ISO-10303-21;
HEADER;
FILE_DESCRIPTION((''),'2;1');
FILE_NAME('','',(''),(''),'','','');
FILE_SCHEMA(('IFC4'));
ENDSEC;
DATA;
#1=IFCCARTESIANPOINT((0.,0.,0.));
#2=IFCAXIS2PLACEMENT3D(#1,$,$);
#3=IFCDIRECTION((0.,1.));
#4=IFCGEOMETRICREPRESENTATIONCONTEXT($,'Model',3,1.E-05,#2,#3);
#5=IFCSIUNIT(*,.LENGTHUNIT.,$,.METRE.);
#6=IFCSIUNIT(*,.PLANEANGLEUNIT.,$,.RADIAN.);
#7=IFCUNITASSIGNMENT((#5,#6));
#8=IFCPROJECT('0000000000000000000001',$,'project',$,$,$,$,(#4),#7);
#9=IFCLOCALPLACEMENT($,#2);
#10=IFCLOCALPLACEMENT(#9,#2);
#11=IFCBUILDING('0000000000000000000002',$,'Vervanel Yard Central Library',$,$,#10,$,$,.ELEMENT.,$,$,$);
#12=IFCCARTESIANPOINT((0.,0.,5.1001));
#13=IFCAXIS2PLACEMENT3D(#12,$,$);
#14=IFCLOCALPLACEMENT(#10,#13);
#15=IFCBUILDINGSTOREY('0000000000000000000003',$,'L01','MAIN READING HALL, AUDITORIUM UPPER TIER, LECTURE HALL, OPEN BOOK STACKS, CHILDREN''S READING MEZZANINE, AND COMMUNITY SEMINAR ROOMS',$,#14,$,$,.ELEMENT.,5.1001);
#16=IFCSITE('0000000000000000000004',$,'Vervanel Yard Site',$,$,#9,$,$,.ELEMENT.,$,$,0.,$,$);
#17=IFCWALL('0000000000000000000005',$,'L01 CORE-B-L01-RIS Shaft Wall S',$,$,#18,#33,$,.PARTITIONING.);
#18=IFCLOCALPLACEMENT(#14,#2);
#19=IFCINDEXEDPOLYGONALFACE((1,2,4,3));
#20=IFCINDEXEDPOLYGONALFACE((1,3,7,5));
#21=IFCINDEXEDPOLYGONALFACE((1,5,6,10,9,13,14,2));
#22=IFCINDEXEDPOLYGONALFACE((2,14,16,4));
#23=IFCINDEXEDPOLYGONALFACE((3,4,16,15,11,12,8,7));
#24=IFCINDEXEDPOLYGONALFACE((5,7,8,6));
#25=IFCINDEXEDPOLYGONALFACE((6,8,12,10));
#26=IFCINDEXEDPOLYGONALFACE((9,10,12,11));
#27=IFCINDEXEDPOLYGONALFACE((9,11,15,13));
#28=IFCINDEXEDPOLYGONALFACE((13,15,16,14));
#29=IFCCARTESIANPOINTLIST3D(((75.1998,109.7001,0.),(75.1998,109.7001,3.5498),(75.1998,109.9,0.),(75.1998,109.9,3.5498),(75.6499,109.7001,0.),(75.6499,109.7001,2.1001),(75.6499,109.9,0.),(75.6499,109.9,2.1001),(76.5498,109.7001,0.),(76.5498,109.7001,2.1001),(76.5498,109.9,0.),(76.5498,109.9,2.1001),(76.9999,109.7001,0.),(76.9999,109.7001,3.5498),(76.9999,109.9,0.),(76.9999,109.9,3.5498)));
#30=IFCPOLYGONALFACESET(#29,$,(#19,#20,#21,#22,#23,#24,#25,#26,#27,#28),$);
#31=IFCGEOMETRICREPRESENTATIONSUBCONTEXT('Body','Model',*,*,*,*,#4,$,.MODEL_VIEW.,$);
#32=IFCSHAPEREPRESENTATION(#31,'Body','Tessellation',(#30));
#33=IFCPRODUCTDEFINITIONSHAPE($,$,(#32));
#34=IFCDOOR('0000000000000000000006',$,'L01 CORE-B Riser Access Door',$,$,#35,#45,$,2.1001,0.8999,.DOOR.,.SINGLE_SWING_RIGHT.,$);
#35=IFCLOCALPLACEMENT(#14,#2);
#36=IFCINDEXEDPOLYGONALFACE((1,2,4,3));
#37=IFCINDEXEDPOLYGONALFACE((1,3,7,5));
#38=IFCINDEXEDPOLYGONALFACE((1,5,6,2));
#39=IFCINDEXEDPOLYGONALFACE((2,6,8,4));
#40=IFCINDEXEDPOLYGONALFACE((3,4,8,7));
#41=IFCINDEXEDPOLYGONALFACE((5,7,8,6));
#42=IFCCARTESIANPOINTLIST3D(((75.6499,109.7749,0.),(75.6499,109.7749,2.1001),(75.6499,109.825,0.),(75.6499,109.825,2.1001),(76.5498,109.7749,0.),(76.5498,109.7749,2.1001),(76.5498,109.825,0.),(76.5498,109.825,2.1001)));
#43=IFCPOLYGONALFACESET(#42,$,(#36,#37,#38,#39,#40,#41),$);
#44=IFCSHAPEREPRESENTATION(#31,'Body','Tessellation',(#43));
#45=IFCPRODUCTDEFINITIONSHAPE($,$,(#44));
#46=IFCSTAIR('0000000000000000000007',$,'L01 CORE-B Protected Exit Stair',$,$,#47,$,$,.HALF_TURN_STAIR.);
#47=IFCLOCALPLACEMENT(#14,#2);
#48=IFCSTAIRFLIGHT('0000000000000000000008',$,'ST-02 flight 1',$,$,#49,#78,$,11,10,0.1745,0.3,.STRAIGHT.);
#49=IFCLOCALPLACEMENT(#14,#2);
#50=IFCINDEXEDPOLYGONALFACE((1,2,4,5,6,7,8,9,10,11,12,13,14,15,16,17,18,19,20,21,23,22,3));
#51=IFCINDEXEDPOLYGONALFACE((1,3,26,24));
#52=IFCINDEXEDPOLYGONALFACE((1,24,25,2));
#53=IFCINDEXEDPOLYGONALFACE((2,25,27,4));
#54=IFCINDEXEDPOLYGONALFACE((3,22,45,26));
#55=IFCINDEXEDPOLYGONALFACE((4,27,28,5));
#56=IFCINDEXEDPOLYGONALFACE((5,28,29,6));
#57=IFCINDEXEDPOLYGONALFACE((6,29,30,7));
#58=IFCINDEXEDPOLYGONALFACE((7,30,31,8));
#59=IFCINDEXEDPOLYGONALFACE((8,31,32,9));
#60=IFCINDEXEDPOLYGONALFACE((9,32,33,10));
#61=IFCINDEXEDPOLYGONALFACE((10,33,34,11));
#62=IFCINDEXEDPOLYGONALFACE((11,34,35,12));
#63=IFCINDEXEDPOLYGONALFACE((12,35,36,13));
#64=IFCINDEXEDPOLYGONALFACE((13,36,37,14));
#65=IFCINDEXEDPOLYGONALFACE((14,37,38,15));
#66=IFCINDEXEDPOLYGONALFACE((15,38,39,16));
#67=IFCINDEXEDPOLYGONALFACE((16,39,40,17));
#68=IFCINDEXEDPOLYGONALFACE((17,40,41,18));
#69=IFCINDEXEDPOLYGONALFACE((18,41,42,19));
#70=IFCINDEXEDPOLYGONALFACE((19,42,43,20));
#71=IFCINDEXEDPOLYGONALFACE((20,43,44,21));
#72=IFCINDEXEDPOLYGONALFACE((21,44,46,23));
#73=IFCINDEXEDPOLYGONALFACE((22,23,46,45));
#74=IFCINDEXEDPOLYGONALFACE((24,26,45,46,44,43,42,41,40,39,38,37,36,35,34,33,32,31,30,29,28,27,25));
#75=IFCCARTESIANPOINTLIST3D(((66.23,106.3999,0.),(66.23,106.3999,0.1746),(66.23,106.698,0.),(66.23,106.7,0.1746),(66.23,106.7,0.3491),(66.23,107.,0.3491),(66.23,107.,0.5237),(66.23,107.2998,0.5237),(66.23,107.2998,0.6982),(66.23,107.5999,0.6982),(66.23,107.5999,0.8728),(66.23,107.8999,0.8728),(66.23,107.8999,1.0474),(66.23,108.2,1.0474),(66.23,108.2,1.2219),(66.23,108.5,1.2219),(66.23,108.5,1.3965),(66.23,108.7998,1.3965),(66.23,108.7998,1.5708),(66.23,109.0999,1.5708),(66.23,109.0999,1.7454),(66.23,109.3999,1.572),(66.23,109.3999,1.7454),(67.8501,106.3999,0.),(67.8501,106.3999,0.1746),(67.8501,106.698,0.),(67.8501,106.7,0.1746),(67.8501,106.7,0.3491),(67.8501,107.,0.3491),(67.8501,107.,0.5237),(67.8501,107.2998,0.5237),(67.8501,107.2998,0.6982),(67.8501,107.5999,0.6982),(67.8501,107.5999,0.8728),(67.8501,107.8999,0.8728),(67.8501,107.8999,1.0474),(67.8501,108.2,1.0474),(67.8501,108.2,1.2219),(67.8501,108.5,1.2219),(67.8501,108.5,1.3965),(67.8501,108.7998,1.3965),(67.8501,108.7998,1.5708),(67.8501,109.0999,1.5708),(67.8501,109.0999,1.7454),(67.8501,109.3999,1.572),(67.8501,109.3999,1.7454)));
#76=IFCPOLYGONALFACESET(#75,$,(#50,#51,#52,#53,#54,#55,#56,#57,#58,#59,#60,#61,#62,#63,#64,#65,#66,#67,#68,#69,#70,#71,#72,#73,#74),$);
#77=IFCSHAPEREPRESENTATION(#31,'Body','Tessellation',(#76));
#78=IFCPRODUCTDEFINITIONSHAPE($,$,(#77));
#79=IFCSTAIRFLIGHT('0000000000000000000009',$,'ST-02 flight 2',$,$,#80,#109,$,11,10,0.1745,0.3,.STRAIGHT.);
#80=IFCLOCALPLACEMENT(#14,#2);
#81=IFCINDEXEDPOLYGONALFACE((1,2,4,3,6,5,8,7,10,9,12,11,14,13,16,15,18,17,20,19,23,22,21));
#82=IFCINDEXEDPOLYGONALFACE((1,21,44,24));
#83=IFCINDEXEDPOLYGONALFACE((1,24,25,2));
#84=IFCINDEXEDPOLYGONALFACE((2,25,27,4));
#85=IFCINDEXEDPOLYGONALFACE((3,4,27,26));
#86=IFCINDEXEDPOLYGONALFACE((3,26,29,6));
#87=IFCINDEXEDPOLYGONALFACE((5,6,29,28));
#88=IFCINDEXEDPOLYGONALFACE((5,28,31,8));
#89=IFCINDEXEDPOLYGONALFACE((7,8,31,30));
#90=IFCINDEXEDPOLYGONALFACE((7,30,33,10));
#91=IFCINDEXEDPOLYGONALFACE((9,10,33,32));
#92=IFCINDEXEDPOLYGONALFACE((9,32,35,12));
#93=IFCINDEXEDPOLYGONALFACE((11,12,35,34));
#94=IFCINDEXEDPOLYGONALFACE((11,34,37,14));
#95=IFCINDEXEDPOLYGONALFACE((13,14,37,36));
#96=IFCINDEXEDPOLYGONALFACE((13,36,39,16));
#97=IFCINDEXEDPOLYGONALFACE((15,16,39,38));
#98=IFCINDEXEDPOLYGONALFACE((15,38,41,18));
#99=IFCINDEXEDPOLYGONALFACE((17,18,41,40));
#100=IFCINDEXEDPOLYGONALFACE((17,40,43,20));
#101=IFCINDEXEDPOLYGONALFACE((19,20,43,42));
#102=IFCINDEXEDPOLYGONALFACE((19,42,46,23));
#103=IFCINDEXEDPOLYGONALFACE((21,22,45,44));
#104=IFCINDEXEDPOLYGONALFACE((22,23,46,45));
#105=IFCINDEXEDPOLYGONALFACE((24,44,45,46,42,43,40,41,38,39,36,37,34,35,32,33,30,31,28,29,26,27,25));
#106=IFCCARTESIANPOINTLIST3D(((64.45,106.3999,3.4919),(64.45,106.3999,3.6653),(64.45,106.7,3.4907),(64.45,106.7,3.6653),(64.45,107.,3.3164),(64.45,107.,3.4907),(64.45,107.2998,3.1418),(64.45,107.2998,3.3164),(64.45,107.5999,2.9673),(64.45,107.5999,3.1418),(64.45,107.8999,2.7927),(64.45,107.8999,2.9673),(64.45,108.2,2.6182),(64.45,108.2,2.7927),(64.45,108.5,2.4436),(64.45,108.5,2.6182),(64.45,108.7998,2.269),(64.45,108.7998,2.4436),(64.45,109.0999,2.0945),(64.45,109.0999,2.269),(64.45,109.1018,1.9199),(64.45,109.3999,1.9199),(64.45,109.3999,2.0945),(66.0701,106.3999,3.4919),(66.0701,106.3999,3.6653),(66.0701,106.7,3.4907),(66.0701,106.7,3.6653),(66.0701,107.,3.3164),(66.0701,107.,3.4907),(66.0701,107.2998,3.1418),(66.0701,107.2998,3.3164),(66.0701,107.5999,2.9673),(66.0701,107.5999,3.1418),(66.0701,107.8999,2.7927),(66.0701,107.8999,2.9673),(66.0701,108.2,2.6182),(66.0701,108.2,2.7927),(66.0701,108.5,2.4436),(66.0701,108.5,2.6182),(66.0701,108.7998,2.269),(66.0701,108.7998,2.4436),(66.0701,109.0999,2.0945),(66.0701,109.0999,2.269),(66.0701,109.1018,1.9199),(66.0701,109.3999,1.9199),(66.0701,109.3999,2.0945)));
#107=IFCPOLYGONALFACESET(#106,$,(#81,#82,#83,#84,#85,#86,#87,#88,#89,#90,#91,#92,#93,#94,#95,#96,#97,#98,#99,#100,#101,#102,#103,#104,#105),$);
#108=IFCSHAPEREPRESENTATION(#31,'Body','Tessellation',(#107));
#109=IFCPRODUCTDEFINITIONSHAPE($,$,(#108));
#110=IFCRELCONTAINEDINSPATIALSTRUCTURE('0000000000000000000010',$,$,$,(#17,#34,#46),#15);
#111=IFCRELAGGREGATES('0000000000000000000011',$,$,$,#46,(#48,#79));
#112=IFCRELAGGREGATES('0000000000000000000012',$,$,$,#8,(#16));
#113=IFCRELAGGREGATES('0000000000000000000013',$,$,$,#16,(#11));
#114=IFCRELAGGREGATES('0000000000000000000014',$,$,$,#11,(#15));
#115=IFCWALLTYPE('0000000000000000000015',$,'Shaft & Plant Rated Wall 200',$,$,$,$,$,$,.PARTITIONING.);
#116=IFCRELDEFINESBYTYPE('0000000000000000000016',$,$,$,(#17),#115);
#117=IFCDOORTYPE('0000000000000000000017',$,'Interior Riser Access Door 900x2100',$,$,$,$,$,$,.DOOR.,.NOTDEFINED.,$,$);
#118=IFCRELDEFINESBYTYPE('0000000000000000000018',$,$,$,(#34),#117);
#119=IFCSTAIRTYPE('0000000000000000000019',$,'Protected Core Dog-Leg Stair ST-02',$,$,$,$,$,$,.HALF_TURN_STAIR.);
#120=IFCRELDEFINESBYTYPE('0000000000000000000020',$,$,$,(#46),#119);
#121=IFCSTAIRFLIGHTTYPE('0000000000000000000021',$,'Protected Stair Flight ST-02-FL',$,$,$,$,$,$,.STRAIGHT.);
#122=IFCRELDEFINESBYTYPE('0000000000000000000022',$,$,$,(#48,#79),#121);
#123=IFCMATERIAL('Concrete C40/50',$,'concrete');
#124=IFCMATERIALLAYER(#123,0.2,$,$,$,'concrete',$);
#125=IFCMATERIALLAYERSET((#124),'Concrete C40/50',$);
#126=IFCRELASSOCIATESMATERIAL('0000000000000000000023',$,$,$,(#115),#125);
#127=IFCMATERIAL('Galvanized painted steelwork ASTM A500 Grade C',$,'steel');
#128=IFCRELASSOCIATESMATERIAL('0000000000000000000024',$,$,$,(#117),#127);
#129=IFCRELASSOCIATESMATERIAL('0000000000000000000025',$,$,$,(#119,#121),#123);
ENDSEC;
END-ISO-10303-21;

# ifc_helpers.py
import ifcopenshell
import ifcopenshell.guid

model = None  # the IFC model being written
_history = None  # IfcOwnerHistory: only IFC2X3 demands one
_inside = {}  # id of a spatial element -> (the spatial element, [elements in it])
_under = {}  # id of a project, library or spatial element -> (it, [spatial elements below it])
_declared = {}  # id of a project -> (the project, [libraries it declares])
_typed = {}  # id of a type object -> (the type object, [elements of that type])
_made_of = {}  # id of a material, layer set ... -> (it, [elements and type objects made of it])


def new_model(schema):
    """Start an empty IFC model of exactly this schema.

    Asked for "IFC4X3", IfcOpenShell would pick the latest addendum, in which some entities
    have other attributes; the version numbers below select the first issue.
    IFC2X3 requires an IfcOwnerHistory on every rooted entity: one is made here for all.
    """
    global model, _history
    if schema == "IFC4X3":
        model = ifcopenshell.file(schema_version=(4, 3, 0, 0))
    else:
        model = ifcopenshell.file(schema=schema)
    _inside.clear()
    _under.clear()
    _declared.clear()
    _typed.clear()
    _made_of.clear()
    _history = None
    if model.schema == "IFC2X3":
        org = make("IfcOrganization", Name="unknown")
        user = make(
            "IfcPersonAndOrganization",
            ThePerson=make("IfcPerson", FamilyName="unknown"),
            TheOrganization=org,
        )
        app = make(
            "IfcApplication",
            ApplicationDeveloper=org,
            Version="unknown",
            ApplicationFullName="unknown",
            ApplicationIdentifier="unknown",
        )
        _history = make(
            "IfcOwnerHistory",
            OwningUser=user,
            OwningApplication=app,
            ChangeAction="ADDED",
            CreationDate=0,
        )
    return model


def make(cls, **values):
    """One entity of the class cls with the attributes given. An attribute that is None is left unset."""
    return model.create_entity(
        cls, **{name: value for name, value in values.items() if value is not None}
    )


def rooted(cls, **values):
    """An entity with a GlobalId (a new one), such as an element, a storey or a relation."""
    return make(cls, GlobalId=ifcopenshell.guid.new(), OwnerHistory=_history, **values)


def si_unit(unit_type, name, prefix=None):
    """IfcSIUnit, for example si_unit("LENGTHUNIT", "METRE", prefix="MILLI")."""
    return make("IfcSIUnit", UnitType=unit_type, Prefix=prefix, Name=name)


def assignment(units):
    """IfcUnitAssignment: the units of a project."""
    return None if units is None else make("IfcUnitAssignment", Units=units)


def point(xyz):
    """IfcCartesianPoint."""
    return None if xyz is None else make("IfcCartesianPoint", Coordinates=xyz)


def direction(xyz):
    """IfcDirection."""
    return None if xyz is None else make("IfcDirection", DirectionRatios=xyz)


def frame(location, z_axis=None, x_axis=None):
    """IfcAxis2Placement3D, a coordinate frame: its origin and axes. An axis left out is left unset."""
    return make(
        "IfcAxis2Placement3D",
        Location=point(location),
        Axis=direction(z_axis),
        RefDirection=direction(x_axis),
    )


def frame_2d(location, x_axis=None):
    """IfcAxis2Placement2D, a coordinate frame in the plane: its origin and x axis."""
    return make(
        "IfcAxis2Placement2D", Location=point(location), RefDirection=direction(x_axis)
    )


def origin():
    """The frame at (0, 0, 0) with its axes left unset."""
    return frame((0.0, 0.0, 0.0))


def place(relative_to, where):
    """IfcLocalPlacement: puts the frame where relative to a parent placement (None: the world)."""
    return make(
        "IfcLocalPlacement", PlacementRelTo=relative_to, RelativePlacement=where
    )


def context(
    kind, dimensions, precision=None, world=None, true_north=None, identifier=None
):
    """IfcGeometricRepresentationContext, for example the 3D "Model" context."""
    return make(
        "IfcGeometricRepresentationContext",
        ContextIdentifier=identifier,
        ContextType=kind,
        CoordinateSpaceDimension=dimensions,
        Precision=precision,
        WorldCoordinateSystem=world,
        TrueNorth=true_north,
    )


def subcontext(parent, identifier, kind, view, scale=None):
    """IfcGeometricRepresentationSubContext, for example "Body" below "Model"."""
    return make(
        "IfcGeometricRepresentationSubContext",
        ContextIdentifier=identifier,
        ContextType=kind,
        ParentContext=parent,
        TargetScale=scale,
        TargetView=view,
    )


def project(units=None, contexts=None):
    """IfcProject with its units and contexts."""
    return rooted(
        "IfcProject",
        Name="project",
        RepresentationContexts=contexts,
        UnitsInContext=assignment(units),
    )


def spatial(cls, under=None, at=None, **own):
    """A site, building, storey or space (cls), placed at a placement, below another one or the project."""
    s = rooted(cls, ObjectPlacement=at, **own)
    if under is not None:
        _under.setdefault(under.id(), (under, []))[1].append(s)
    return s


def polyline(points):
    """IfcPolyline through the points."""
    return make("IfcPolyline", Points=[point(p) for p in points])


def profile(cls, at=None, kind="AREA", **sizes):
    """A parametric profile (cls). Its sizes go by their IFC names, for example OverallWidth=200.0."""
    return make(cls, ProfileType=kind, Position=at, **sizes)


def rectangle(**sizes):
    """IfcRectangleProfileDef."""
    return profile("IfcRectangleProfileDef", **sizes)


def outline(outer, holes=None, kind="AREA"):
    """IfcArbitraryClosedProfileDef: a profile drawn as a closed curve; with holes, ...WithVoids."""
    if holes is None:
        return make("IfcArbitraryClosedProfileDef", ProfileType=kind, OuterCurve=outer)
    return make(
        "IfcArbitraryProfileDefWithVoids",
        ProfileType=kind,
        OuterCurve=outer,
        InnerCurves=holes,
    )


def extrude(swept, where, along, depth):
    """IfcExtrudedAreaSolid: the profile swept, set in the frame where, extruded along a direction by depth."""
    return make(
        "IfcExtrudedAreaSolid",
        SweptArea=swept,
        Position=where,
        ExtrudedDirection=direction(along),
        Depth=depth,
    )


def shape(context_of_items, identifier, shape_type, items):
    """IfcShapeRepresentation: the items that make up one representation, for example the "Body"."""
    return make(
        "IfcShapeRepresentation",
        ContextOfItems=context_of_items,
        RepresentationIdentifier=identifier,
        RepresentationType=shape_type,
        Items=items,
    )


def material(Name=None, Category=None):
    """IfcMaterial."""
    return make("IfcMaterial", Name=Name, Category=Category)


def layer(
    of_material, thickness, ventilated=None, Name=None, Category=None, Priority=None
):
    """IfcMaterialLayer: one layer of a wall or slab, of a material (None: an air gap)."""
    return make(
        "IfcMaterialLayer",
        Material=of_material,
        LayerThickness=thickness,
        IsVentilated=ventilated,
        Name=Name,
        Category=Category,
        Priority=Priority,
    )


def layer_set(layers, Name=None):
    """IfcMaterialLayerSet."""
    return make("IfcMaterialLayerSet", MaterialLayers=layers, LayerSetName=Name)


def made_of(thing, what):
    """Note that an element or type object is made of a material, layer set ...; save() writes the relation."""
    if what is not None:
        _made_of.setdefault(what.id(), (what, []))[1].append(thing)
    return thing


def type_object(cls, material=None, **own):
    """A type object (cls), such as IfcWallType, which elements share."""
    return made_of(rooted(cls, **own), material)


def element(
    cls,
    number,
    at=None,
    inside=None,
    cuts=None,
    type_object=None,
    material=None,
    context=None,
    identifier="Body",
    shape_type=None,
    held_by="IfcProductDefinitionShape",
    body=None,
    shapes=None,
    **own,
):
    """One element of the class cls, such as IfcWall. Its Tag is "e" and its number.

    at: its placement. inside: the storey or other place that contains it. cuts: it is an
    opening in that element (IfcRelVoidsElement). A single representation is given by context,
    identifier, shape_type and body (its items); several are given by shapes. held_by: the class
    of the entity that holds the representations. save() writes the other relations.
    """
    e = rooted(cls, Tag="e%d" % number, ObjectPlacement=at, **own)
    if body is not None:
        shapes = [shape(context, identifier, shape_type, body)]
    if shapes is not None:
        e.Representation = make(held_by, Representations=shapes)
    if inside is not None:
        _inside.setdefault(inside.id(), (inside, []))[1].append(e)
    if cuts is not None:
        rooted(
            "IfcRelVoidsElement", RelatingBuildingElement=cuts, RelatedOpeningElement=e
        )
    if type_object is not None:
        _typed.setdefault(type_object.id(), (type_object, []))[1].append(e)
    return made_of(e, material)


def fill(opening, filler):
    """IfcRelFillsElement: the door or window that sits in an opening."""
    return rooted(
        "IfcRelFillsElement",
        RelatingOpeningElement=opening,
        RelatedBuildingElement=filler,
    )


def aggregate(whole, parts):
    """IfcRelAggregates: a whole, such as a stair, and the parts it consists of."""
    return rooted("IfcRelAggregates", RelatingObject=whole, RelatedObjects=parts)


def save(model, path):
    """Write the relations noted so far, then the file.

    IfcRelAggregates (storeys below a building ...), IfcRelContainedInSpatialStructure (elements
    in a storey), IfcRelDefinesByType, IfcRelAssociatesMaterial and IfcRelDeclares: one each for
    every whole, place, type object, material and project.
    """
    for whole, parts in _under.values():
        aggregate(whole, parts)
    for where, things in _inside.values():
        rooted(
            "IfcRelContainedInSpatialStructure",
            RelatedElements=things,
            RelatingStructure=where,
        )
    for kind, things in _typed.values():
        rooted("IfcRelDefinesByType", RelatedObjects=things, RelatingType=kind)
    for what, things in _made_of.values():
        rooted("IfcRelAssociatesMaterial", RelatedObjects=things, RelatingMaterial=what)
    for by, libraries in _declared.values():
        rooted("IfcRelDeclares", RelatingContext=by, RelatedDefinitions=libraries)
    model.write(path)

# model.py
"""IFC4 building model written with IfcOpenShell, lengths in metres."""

from ifc_helpers import new_model, si_unit, direction, frame, frame_2d, origin, place, context, subcontext, project, spatial, polyline, rectangle, outline, extrude, material, layer, layer_set, type_object, element, fill, aggregate, save


model = new_model("IFC4")

# Units and contexts
model_context = context("Model", 3, precision=1e-05, world=origin(), true_north=direction((0.0, 1.0)))
body_context = subcontext(model_context, "Body", "Model", "MODEL_VIEW")
ifc_project = project(units=[si_unit("LENGTHUNIT", "METRE"), si_unit("PLANEANGLEUNIT", "RADIAN")], contexts=[model_context])

# Site, building, storey
site_placement = place(None, origin())
site = spatial("IfcSite", under=ifc_project, at=site_placement, Name="Vervanel Yard Site", CompositionType="ELEMENT", RefElevation=0.0)
building_placement = place(site_placement, origin())
building = spatial("IfcBuilding", under=site, at=building_placement, Name="Vervanel Yard Central Library", CompositionType="ELEMENT")
storey_placement = place(building_placement, frame((0.0, 0.0, 5.1001)))
storey = spatial("IfcBuildingStorey", under=building, at=storey_placement, Name="L01", Description="MAIN READING HALL, AUDITORIUM UPPER TIER, LECTURE HALL, OPEN BOOK STACKS, CHILDREN'S READING MEZZANINE, AND COMMUNITY SEMINAR ROOMS", CompositionType="ELEMENT", Elevation=5.1001)

# Shared definitions
ifc_material_1 = material(Name="Galvanized painted steelwork ASTM A500 Grade C", Category="steel")

# Shared definitions
ifc_material_2 = material(Name="Concrete C40/50", Category="concrete")
ifc_layer_1 = layer(ifc_material_2, 0.2, Category="concrete")
ifc_layer_set_1 = layer_set([ifc_layer_1], Name="Concrete C40/50")
wall_type_1 = type_object("IfcWallType", Name="Shaft & Plant Rated Wall 200", PredefinedType="PARTITIONING", material=ifc_layer_set_1)

# Wall, opening, door
wall_1_placement = place(storey_placement, frame((75.2, 109.8, 0.0), z_axis=(0.0, 0.0, 1.0), x_axis=(1.0, 0.0, 0.0)))
wall_1 = element("IfcWall", 1, at=wall_1_placement, inside=storey, type_object=wall_type_1, Name="L01 CORE-B-L01-RIS Shaft Wall S", PredefinedType="PARTITIONING", context=body_context, shape_type="SweptSolid", body=[
    extrude(rectangle(XDim=1.8, YDim=0.2, at=frame_2d((0.8999, 0.0))), origin(), (0.0, 0.0, 1.0), 3.5498),
])
opening_1_placement = place(wall_1_placement, frame((0.45, 0.0, 0.0)))
opening_1 = element("IfcOpeningElement", 2, at=opening_1_placement, cuts=wall_1, PredefinedType="OPENING", context=body_context, shape_type="SweptSolid", body=[
    extrude(rectangle(XDim=0.8999, YDim=2.1001, at=frame_2d((0.45, 1.05))), frame((0.0, 0.1099, 0.0), z_axis=(0.0, -1.0, 0.0), x_axis=(1.0, 0.0, 0.0)), (0.0, 0.0, 1.0), 0.22),
])
door_type_1 = type_object("IfcDoorType", Name="Interior Riser Access Door 900x2100", OperationType="NOTDEFINED", PredefinedType="DOOR", material=ifc_material_1)
door_1_placement = place(opening_1_placement, origin())
door_1 = element("IfcDoor", 3, at=door_1_placement, inside=storey, type_object=door_type_1, Name="L01 CORE-B Riser Access Door", OperationType="SINGLE_SWING_RIGHT", OverallHeight=2.1001, OverallWidth=0.8999, PredefinedType="DOOR", context=body_context, shape_type="SweptSolid", body=[
    extrude(rectangle(XDim=0.8999, YDim=2.1001, at=frame_2d((0.45, 1.05))), frame((0.0, 0.0249, 0.0), z_axis=(0.0, -1.0, 0.0), x_axis=(1.0, 0.0, 0.0)), (0.0, 0.0, 1.0), 0.05),
])
fill(opening_1, door_1)

# Stair, stair flights
stair_type = type_object("IfcStairType", Name="Protected Core Dog-Leg Stair ST-02", PredefinedType="HALF_TURN_STAIR", material=ifc_material_2)
stair_placement = place(storey_placement, origin())
stair = element("IfcStair", 4, at=stair_placement, inside=storey, type_object=stair_type, Name="L01 CORE-B Protected Exit Stair", PredefinedType="HALF_TURN_STAIR")
stair_flight_type = type_object("IfcStairFlightType", Name="Protected Stair Flight ST-02-FL", PredefinedType="STRAIGHT", material=ifc_material_2)
stair_flight_1_placement = place(storey_placement, frame((67.04, 106.3999, 0.0), z_axis=(0.0, 0.0, 1.0), x_axis=(0.0, 1.0, 0.0)))
stair_flight_1 = element("IfcStairFlight", 5, at=stair_flight_1_placement, type_object=stair_flight_type, Name="ST-02 flight 1", NumberOfRisers=11, NumberOfTreads=10, PredefinedType="STRAIGHT", RiserHeight=0.1745, TreadLength=0.3, context=body_context, shape_type="SweptSolid", body=[
    extrude(outline(polyline([(0.0, 0.0), (0.0, 0.1746), (0.3, 0.1746), (0.3, 0.3491), (0.6001, 0.3491), (0.6001, 0.5237), (0.8999, 0.5237), (0.8999, 0.6982), (1.2, 0.6982), (1.2, 0.8728), (1.5, 0.8728), (1.5, 1.0474), (1.8, 1.0474), (1.8, 1.2219), (2.1001, 1.2219), (2.1001, 1.3965), (2.3999, 1.3965), (2.3999, 1.5708), (2.7, 1.5708), (2.7, 1.7454), (3.0, 1.7454), (3.0, 1.9199), (3.0, 1.572), (0.2981, 0.0), (0.0, 0.0)])), frame((0.0, 0.8101, 0.0), z_axis=(0.0, -1.0, 0.0), x_axis=(1.0, 0.0, 0.0)), (0.0, 0.0, 1.0), 1.6201),
])
stair_flight_2_placement = place(storey_placement, frame((65.26, 109.3999, 1.9199), z_axis=(0.0, 0.0, 1.0), x_axis=(0.0, -1.0, 0.0)))
stair_flight_2 = element("IfcStairFlight", 6, at=stair_flight_2_placement, type_object=stair_flight_type, Name="ST-02 flight 2", NumberOfRisers=11, NumberOfTreads=10, PredefinedType="STRAIGHT", RiserHeight=0.1745, TreadLength=0.3, context=body_context, shape_type="SweptSolid", body=[
    extrude(outline(polyline([(0.0, 0.0), (0.0, 0.1746), (0.3, 0.1746), (0.3, 0.3491), (0.6001, 0.3491), (0.6001, 0.5237), (0.8999, 0.5237), (0.8999, 0.6982), (1.2, 0.6982), (1.2, 0.8728), (1.5, 0.8728), (1.5, 1.0474), (1.8, 1.0474), (1.8, 1.2219), (2.1001, 1.2219), (2.1001, 1.3965), (2.3999, 1.3965), (2.3999, 1.5708), (2.7, 1.5708), (2.7, 1.7454), (3.0, 1.7454), (3.0, 1.9199), (3.0, 1.572), (0.2981, 0.0), (0.0, 0.0)])), frame((0.0, 0.8101, 0.0), z_axis=(0.0, -1.0, 0.0), x_axis=(1.0, 0.0, 0.0)), (0.0, 0.0, 1.0), 1.6201),
])
aggregate(stair, [stair_flight_1, stair_flight_2])

save(model, "model.ifc")
